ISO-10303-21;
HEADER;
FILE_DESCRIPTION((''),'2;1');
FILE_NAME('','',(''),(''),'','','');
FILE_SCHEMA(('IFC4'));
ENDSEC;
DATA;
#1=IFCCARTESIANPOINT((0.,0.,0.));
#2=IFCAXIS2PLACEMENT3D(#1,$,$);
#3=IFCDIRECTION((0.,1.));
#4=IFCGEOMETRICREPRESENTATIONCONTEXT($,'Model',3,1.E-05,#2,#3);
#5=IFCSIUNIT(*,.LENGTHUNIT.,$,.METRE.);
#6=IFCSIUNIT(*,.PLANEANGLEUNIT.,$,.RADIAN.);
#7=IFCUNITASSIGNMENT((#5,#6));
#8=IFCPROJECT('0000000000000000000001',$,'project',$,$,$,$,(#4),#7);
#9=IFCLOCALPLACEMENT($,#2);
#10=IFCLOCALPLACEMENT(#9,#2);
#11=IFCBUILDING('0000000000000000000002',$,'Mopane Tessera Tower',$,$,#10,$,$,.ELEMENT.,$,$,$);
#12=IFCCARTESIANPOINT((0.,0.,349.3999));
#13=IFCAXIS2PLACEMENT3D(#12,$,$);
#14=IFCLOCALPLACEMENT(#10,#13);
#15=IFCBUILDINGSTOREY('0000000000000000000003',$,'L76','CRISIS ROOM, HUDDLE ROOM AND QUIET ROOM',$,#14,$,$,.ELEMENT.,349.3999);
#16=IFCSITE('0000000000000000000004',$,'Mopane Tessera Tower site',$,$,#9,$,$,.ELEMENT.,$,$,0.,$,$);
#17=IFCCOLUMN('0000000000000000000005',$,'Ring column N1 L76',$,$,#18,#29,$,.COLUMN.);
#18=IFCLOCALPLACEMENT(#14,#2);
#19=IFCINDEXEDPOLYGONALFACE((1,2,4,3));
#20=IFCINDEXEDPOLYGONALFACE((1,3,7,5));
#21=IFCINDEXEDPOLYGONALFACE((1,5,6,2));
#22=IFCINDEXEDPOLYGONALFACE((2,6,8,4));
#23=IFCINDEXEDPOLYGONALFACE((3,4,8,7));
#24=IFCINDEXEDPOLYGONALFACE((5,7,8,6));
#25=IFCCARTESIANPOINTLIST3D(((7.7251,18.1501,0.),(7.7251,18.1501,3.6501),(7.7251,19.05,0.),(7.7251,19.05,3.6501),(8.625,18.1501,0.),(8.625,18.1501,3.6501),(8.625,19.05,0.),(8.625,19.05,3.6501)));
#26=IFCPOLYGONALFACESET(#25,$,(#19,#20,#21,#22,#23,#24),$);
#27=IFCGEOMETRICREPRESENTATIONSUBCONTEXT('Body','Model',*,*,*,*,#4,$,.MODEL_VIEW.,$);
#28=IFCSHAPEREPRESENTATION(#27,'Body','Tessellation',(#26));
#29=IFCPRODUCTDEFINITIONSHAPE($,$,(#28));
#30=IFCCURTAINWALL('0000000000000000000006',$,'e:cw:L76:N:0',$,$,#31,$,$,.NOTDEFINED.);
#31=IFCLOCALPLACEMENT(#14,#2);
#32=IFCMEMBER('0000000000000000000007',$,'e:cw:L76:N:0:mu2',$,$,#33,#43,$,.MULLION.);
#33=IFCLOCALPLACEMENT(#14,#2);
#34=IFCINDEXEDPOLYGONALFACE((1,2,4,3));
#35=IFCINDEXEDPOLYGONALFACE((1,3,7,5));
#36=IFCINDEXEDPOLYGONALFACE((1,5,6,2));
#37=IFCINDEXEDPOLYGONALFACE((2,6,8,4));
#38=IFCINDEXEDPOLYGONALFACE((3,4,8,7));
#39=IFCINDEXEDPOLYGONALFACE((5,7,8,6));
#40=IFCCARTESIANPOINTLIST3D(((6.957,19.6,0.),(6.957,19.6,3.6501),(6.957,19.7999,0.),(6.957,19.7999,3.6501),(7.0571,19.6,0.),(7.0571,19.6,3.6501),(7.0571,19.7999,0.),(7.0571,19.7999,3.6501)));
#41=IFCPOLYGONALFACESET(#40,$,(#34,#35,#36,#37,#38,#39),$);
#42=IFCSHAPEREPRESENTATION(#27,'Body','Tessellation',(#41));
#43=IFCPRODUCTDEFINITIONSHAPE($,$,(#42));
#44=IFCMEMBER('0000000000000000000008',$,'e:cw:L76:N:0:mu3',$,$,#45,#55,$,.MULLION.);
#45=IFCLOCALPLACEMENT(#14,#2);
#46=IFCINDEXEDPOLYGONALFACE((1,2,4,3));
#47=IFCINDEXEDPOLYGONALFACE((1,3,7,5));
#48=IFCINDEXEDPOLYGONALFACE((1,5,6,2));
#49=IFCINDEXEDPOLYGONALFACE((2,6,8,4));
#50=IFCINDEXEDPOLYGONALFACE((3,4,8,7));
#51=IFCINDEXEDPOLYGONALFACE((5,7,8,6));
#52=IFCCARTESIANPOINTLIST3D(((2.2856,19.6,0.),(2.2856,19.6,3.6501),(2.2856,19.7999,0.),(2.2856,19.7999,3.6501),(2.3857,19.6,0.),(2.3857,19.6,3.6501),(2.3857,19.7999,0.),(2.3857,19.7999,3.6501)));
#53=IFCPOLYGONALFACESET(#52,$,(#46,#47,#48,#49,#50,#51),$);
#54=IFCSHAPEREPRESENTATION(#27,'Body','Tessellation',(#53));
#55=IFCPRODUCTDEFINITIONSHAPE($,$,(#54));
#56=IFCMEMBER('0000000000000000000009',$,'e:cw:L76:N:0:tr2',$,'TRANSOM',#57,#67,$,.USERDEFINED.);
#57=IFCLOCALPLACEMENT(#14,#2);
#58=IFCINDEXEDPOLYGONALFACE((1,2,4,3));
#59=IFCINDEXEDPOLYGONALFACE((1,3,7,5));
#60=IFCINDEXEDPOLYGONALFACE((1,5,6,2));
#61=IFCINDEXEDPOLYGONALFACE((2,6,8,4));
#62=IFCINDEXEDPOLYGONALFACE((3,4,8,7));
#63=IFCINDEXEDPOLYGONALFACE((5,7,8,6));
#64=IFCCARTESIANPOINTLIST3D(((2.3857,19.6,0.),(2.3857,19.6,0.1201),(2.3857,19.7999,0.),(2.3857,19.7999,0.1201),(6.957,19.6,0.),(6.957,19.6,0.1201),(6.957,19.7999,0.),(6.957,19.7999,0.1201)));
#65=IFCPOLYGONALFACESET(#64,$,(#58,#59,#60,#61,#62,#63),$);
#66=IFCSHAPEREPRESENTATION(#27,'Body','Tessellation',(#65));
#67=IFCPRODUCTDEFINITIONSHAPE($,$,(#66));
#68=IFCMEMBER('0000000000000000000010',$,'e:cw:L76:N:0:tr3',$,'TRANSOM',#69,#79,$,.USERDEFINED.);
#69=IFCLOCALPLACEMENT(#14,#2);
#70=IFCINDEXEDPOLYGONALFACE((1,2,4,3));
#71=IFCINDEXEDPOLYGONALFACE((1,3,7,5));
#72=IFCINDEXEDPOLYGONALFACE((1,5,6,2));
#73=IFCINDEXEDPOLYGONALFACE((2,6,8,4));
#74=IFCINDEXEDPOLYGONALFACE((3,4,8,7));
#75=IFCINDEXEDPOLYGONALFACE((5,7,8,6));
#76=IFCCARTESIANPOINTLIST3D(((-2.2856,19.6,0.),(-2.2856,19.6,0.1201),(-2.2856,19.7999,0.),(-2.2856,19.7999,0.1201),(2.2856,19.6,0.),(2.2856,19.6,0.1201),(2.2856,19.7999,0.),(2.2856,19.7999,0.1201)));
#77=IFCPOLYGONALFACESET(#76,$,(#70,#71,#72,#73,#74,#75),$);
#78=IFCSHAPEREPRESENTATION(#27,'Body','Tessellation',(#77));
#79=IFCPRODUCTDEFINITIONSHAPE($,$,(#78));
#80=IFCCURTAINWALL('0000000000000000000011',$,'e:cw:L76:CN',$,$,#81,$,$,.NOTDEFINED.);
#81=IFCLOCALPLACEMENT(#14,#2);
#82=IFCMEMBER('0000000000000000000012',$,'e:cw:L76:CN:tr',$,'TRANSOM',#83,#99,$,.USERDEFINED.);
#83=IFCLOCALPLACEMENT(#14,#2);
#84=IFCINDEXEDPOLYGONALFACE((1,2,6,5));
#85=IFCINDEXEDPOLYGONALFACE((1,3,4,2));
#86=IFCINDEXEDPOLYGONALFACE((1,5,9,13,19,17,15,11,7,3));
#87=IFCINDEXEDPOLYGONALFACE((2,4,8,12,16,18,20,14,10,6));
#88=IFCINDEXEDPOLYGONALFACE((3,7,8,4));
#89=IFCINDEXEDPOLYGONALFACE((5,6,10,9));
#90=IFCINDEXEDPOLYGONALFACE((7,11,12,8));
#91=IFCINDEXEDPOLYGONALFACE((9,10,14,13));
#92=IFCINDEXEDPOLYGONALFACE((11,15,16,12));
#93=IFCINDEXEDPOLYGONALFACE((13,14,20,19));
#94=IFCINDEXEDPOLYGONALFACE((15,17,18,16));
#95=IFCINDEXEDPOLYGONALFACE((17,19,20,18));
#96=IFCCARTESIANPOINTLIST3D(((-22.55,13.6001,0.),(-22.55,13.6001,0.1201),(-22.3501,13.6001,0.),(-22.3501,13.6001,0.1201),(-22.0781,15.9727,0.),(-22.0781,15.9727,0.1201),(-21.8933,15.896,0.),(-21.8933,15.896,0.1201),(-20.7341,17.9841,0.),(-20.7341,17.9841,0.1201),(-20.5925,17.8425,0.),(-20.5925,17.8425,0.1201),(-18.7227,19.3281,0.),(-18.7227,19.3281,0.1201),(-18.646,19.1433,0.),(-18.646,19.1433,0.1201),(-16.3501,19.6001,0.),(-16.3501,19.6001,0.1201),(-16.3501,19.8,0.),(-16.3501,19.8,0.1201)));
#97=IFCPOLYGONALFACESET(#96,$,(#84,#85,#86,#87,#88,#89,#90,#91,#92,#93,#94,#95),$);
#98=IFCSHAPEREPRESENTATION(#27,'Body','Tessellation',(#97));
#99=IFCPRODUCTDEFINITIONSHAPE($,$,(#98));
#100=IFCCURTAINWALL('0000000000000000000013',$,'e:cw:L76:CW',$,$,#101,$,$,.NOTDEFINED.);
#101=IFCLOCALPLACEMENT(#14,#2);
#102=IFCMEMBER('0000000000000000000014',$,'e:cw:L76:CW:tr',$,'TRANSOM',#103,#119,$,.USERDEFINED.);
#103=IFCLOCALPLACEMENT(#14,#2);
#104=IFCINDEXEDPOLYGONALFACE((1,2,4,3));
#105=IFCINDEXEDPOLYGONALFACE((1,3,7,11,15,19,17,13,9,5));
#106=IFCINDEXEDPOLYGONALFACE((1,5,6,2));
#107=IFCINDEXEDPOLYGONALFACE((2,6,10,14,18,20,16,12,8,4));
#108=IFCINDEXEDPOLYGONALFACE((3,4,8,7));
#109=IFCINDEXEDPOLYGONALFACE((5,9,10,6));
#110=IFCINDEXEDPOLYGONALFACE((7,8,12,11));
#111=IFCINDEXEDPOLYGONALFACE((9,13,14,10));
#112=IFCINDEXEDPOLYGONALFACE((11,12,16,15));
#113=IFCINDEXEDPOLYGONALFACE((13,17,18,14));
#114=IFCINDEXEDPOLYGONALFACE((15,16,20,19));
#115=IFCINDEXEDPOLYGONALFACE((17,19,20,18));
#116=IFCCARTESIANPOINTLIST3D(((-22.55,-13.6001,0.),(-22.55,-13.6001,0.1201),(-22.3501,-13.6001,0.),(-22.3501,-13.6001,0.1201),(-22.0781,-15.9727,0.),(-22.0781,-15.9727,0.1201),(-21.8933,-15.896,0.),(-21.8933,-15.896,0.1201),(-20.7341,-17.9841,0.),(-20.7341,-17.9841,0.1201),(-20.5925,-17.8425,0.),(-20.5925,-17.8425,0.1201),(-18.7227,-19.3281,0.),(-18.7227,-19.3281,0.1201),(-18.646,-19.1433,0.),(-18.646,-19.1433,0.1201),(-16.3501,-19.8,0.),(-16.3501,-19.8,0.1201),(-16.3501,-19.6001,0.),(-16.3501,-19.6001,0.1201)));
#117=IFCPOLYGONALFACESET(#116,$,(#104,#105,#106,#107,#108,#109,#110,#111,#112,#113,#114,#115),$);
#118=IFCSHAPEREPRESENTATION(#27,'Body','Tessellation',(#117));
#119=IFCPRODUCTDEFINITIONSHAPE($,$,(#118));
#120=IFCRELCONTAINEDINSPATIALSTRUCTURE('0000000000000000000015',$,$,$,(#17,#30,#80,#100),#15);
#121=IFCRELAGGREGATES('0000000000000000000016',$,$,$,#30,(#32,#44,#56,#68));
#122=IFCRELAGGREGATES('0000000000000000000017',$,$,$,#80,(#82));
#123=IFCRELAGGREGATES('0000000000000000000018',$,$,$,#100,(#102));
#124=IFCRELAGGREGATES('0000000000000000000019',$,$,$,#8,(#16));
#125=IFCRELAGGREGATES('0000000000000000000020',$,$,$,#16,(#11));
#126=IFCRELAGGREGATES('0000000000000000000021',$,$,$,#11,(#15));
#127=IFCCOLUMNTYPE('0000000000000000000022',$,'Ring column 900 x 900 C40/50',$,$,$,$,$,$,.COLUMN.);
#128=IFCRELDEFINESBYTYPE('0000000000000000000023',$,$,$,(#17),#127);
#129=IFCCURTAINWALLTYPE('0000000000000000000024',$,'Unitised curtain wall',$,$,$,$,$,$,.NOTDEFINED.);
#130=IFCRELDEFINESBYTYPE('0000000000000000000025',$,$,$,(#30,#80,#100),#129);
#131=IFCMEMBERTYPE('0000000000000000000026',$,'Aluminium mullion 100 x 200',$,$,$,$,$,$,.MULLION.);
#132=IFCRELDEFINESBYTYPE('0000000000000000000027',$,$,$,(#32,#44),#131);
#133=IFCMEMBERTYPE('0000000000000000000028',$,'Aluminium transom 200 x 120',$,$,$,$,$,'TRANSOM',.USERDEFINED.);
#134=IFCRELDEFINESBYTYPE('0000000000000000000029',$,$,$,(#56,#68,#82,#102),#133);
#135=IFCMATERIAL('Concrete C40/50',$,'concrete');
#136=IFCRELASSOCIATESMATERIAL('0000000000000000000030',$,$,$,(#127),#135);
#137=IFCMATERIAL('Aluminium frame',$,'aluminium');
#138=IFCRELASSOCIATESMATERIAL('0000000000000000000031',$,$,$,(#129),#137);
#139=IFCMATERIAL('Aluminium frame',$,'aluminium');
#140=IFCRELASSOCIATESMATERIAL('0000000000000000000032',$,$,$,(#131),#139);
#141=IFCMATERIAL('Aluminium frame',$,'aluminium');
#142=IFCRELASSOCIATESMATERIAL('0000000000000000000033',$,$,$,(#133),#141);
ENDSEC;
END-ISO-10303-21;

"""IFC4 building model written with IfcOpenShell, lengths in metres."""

from ifc_helpers import new_model, si_unit, direction, frame, origin, origin_2d, place, context, subcontext, project, spatial, polyline, rectangle, outline, extrude, material, material_profile, profile_set, type_object, element, aggregate, save


model = new_model("IFC4")

# Units and contexts
model_context = context("Model", 3, precision=1e-05, world=origin(), true_north=direction((0.0, 1.0)))
body_context = subcontext(model_context, "Body", "Model", "MODEL_VIEW")
ifc_project = project(units=[si_unit("LENGTHUNIT", "METRE"), si_unit("PLANEANGLEUNIT", "RADIAN")], contexts=[model_context])

# Site, building, storey
site_placement = place(None, origin())
site = spatial("IfcSite", under=ifc_project, at=site_placement, Name="Mopane Tessera Tower site", CompositionType="ELEMENT", RefElevation=0.0)
building_placement = place(site_placement, origin())
building = spatial("IfcBuilding", under=site, at=building_placement, Name="Mopane Tessera Tower", CompositionType="ELEMENT")
storey_placement = place(building_placement, frame((0.0, 0.0, 349.3999)))
storey = spatial("IfcBuildingStorey", under=building, at=storey_placement, Name="L76", Description="CRISIS ROOM, HUDDLE ROOM AND QUIET ROOM", CompositionType="ELEMENT", Elevation=349.3999)

# Column
ifc_material_1 = material(Name="Concrete C40/50", Category="concrete")
ifc_material_profile_1 = material_profile(ifc_material_1, rectangle(XDim=0.8999, YDim=0.8999, at=origin_2d()))
ifc_profile_set_1 = profile_set([ifc_material_profile_1], Name="Concrete C40/50")
column_type = type_object("IfcColumnType", Name="Ring column 900 x 900 C40/50", PredefinedType="COLUMN", material=ifc_profile_set_1)
column_placement = place(storey_placement, frame((8.175, 18.6001, 0.0), z_axis=(0.0, 0.0, 1.0), x_axis=(1.0, 0.0, 0.0)))
element("IfcColumn", 1, at=column_placement, inside=storey, type_object=column_type, Name="Ring column N1 L76", PredefinedType="COLUMN", context=body_context, shape_type="SweptSolid", body=[
    extrude(rectangle(XDim=0.8999, YDim=0.8999, at=origin_2d()), origin(), (0.0, 0.0, 1.0), 3.6501),
])

# Curtain wall, members
ifc_material_2 = material(Name="Aluminium frame", Category="aluminium")
curtain_wall_type = type_object("IfcCurtainWallType", Name="Unitised curtain wall", PredefinedType="NOTDEFINED", material=ifc_material_2)
curtain_wall_1_placement = place(storey_placement, origin())
curtain_wall_1 = element("IfcCurtainWall", 2, at=curtain_wall_1_placement, inside=storey, type_object=curtain_wall_type, Name="e:cw:L76:N:0", PredefinedType="NOTDEFINED")
ifc_material_3 = material(Name="Aluminium frame", Category="aluminium")
ifc_material_profile_2 = material_profile(ifc_material_3, rectangle(XDim=0.1001, YDim=0.2, at=origin_2d()))
ifc_profile_set_2 = profile_set([ifc_material_profile_2], Name="Aluminium frame")
member_type_1 = type_object("IfcMemberType", Name="Aluminium mullion 100 x 200", PredefinedType="MULLION", material=ifc_profile_set_2)
member_1_placement = place(storey_placement, frame((7.0071, 19.7, 0.0), z_axis=(0.0, 0.0, 1.0), x_axis=(-1.0, 0.0, 0.0)))
member_1 = element("IfcMember", 3, at=member_1_placement, type_object=member_type_1, Name="e:cw:L76:N:0:mu2", PredefinedType="MULLION", context=body_context, shape_type="SweptSolid", body=[
    extrude(rectangle(XDim=0.1001, YDim=0.2, at=origin_2d()), origin(), (0.0, 0.0, 1.0), 3.6501),
])
member_2_placement = place(storey_placement, frame((2.3357, 19.7, 0.0), z_axis=(0.0, 0.0, 1.0), x_axis=(-1.0, 0.0, 0.0)))
member_2 = element("IfcMember", 4, at=member_2_placement, type_object=member_type_1, Name="e:cw:L76:N:0:mu3", PredefinedType="MULLION", context=body_context, shape_type="SweptSolid", body=[
    extrude(rectangle(XDim=0.1001, YDim=0.2, at=origin_2d()), origin(), (0.0, 0.0, 1.0), 3.6501),
])
ifc_material_4 = material(Name="Aluminium frame", Category="aluminium")
ifc_material_profile_3 = material_profile(ifc_material_4, rectangle(XDim=0.2, YDim=0.1201, at=origin_2d()))
ifc_profile_set_3 = profile_set([ifc_material_profile_3], Name="Aluminium frame")
member_type_2 = type_object("IfcMemberType", Name="Aluminium transom 200 x 120", ElementType="TRANSOM", PredefinedType="USERDEFINED", material=ifc_profile_set_3)
member_3_placement = place(storey_placement, frame((6.957, 19.7, 0.0601), z_axis=(-1.0, 0.0, 0.0), x_axis=(0.0, -1.0, 0.0)))
member_3 = element("IfcMember", 5, at=member_3_placement, type_object=member_type_2, Name="e:cw:L76:N:0:tr2", ObjectType="TRANSOM", PredefinedType="USERDEFINED", context=body_context, shape_type="SweptSolid", body=[
    extrude(rectangle(XDim=0.2, YDim=0.1201, at=origin_2d()), origin(), (0.0, 0.0, 1.0), 4.5713),
])
member_4_placement = place(storey_placement, frame((2.2856, 19.7, 0.0601), z_axis=(-1.0, 0.0, 0.0), x_axis=(0.0, -1.0, 0.0)))
member_4 = element("IfcMember", 6, at=member_4_placement, type_object=member_type_2, Name="e:cw:L76:N:0:tr3", ObjectType="TRANSOM", PredefinedType="USERDEFINED", context=body_context, shape_type="SweptSolid", body=[
    extrude(rectangle(XDim=0.2, YDim=0.1201, at=origin_2d()), origin(), (0.0, 0.0, 1.0), 4.5713),
])

# Curtain walls, members
curtain_wall_2_placement = place(storey_placement, origin())
curtain_wall_2 = element("IfcCurtainWall", 7, at=curtain_wall_2_placement, inside=storey, type_object=curtain_wall_type, Name="e:cw:L76:CN", PredefinedType="NOTDEFINED")
member_5_placement = place(storey_placement, origin())
member_5 = element("IfcMember", 8, at=member_5_placement, type_object=member_type_2, Name="e:cw:L76:CN:tr", ObjectType="TRANSOM", PredefinedType="USERDEFINED", context=body_context, shape_type="SweptSolid", body=[
    extrude(outline(polyline([(-16.3501, 19.6001), (-18.646, 19.1433), (-20.5925, 17.8425), (-21.8933, 15.896), (-22.3501, 13.6001), (-22.55, 13.6001), (-22.0781, 15.9727), (-20.7341, 17.9841), (-18.7227, 19.3281), (-16.3501, 19.8), (-16.3501, 19.6001)])), origin(), (0.0, 0.0, 1.0), 0.1201),
])
curtain_wall_3_placement = place(storey_placement, origin())
curtain_wall_3 = element("IfcCurtainWall", 9, at=curtain_wall_3_placement, inside=storey, type_object=curtain_wall_type, Name="e:cw:L76:CW", PredefinedType="NOTDEFINED")
member_6_placement = place(storey_placement, origin())
member_6 = element("IfcMember", 10, at=member_6_placement, type_object=member_type_2, Name="e:cw:L76:CW:tr", ObjectType="TRANSOM", PredefinedType="USERDEFINED", context=body_context, shape_type="SweptSolid", body=[
    extrude(outline(polyline([(-22.3501, -13.6001), (-21.8933, -15.896), (-20.5925, -17.8425), (-18.646, -19.1433), (-16.3501, -19.6001), (-16.3501, -19.8), (-18.7227, -19.3281), (-20.7341, -17.9841), (-22.0781, -15.9727), (-22.55, -13.6001), (-22.3501, -13.6001)])), origin(), (0.0, 0.0, 1.0), 0.1201),
])

aggregate(curtain_wall_1, [member_1, member_2, member_3, member_4])
aggregate(curtain_wall_2, [member_5])
aggregate(curtain_wall_3, [member_6])

save(model, "model.ifc")
